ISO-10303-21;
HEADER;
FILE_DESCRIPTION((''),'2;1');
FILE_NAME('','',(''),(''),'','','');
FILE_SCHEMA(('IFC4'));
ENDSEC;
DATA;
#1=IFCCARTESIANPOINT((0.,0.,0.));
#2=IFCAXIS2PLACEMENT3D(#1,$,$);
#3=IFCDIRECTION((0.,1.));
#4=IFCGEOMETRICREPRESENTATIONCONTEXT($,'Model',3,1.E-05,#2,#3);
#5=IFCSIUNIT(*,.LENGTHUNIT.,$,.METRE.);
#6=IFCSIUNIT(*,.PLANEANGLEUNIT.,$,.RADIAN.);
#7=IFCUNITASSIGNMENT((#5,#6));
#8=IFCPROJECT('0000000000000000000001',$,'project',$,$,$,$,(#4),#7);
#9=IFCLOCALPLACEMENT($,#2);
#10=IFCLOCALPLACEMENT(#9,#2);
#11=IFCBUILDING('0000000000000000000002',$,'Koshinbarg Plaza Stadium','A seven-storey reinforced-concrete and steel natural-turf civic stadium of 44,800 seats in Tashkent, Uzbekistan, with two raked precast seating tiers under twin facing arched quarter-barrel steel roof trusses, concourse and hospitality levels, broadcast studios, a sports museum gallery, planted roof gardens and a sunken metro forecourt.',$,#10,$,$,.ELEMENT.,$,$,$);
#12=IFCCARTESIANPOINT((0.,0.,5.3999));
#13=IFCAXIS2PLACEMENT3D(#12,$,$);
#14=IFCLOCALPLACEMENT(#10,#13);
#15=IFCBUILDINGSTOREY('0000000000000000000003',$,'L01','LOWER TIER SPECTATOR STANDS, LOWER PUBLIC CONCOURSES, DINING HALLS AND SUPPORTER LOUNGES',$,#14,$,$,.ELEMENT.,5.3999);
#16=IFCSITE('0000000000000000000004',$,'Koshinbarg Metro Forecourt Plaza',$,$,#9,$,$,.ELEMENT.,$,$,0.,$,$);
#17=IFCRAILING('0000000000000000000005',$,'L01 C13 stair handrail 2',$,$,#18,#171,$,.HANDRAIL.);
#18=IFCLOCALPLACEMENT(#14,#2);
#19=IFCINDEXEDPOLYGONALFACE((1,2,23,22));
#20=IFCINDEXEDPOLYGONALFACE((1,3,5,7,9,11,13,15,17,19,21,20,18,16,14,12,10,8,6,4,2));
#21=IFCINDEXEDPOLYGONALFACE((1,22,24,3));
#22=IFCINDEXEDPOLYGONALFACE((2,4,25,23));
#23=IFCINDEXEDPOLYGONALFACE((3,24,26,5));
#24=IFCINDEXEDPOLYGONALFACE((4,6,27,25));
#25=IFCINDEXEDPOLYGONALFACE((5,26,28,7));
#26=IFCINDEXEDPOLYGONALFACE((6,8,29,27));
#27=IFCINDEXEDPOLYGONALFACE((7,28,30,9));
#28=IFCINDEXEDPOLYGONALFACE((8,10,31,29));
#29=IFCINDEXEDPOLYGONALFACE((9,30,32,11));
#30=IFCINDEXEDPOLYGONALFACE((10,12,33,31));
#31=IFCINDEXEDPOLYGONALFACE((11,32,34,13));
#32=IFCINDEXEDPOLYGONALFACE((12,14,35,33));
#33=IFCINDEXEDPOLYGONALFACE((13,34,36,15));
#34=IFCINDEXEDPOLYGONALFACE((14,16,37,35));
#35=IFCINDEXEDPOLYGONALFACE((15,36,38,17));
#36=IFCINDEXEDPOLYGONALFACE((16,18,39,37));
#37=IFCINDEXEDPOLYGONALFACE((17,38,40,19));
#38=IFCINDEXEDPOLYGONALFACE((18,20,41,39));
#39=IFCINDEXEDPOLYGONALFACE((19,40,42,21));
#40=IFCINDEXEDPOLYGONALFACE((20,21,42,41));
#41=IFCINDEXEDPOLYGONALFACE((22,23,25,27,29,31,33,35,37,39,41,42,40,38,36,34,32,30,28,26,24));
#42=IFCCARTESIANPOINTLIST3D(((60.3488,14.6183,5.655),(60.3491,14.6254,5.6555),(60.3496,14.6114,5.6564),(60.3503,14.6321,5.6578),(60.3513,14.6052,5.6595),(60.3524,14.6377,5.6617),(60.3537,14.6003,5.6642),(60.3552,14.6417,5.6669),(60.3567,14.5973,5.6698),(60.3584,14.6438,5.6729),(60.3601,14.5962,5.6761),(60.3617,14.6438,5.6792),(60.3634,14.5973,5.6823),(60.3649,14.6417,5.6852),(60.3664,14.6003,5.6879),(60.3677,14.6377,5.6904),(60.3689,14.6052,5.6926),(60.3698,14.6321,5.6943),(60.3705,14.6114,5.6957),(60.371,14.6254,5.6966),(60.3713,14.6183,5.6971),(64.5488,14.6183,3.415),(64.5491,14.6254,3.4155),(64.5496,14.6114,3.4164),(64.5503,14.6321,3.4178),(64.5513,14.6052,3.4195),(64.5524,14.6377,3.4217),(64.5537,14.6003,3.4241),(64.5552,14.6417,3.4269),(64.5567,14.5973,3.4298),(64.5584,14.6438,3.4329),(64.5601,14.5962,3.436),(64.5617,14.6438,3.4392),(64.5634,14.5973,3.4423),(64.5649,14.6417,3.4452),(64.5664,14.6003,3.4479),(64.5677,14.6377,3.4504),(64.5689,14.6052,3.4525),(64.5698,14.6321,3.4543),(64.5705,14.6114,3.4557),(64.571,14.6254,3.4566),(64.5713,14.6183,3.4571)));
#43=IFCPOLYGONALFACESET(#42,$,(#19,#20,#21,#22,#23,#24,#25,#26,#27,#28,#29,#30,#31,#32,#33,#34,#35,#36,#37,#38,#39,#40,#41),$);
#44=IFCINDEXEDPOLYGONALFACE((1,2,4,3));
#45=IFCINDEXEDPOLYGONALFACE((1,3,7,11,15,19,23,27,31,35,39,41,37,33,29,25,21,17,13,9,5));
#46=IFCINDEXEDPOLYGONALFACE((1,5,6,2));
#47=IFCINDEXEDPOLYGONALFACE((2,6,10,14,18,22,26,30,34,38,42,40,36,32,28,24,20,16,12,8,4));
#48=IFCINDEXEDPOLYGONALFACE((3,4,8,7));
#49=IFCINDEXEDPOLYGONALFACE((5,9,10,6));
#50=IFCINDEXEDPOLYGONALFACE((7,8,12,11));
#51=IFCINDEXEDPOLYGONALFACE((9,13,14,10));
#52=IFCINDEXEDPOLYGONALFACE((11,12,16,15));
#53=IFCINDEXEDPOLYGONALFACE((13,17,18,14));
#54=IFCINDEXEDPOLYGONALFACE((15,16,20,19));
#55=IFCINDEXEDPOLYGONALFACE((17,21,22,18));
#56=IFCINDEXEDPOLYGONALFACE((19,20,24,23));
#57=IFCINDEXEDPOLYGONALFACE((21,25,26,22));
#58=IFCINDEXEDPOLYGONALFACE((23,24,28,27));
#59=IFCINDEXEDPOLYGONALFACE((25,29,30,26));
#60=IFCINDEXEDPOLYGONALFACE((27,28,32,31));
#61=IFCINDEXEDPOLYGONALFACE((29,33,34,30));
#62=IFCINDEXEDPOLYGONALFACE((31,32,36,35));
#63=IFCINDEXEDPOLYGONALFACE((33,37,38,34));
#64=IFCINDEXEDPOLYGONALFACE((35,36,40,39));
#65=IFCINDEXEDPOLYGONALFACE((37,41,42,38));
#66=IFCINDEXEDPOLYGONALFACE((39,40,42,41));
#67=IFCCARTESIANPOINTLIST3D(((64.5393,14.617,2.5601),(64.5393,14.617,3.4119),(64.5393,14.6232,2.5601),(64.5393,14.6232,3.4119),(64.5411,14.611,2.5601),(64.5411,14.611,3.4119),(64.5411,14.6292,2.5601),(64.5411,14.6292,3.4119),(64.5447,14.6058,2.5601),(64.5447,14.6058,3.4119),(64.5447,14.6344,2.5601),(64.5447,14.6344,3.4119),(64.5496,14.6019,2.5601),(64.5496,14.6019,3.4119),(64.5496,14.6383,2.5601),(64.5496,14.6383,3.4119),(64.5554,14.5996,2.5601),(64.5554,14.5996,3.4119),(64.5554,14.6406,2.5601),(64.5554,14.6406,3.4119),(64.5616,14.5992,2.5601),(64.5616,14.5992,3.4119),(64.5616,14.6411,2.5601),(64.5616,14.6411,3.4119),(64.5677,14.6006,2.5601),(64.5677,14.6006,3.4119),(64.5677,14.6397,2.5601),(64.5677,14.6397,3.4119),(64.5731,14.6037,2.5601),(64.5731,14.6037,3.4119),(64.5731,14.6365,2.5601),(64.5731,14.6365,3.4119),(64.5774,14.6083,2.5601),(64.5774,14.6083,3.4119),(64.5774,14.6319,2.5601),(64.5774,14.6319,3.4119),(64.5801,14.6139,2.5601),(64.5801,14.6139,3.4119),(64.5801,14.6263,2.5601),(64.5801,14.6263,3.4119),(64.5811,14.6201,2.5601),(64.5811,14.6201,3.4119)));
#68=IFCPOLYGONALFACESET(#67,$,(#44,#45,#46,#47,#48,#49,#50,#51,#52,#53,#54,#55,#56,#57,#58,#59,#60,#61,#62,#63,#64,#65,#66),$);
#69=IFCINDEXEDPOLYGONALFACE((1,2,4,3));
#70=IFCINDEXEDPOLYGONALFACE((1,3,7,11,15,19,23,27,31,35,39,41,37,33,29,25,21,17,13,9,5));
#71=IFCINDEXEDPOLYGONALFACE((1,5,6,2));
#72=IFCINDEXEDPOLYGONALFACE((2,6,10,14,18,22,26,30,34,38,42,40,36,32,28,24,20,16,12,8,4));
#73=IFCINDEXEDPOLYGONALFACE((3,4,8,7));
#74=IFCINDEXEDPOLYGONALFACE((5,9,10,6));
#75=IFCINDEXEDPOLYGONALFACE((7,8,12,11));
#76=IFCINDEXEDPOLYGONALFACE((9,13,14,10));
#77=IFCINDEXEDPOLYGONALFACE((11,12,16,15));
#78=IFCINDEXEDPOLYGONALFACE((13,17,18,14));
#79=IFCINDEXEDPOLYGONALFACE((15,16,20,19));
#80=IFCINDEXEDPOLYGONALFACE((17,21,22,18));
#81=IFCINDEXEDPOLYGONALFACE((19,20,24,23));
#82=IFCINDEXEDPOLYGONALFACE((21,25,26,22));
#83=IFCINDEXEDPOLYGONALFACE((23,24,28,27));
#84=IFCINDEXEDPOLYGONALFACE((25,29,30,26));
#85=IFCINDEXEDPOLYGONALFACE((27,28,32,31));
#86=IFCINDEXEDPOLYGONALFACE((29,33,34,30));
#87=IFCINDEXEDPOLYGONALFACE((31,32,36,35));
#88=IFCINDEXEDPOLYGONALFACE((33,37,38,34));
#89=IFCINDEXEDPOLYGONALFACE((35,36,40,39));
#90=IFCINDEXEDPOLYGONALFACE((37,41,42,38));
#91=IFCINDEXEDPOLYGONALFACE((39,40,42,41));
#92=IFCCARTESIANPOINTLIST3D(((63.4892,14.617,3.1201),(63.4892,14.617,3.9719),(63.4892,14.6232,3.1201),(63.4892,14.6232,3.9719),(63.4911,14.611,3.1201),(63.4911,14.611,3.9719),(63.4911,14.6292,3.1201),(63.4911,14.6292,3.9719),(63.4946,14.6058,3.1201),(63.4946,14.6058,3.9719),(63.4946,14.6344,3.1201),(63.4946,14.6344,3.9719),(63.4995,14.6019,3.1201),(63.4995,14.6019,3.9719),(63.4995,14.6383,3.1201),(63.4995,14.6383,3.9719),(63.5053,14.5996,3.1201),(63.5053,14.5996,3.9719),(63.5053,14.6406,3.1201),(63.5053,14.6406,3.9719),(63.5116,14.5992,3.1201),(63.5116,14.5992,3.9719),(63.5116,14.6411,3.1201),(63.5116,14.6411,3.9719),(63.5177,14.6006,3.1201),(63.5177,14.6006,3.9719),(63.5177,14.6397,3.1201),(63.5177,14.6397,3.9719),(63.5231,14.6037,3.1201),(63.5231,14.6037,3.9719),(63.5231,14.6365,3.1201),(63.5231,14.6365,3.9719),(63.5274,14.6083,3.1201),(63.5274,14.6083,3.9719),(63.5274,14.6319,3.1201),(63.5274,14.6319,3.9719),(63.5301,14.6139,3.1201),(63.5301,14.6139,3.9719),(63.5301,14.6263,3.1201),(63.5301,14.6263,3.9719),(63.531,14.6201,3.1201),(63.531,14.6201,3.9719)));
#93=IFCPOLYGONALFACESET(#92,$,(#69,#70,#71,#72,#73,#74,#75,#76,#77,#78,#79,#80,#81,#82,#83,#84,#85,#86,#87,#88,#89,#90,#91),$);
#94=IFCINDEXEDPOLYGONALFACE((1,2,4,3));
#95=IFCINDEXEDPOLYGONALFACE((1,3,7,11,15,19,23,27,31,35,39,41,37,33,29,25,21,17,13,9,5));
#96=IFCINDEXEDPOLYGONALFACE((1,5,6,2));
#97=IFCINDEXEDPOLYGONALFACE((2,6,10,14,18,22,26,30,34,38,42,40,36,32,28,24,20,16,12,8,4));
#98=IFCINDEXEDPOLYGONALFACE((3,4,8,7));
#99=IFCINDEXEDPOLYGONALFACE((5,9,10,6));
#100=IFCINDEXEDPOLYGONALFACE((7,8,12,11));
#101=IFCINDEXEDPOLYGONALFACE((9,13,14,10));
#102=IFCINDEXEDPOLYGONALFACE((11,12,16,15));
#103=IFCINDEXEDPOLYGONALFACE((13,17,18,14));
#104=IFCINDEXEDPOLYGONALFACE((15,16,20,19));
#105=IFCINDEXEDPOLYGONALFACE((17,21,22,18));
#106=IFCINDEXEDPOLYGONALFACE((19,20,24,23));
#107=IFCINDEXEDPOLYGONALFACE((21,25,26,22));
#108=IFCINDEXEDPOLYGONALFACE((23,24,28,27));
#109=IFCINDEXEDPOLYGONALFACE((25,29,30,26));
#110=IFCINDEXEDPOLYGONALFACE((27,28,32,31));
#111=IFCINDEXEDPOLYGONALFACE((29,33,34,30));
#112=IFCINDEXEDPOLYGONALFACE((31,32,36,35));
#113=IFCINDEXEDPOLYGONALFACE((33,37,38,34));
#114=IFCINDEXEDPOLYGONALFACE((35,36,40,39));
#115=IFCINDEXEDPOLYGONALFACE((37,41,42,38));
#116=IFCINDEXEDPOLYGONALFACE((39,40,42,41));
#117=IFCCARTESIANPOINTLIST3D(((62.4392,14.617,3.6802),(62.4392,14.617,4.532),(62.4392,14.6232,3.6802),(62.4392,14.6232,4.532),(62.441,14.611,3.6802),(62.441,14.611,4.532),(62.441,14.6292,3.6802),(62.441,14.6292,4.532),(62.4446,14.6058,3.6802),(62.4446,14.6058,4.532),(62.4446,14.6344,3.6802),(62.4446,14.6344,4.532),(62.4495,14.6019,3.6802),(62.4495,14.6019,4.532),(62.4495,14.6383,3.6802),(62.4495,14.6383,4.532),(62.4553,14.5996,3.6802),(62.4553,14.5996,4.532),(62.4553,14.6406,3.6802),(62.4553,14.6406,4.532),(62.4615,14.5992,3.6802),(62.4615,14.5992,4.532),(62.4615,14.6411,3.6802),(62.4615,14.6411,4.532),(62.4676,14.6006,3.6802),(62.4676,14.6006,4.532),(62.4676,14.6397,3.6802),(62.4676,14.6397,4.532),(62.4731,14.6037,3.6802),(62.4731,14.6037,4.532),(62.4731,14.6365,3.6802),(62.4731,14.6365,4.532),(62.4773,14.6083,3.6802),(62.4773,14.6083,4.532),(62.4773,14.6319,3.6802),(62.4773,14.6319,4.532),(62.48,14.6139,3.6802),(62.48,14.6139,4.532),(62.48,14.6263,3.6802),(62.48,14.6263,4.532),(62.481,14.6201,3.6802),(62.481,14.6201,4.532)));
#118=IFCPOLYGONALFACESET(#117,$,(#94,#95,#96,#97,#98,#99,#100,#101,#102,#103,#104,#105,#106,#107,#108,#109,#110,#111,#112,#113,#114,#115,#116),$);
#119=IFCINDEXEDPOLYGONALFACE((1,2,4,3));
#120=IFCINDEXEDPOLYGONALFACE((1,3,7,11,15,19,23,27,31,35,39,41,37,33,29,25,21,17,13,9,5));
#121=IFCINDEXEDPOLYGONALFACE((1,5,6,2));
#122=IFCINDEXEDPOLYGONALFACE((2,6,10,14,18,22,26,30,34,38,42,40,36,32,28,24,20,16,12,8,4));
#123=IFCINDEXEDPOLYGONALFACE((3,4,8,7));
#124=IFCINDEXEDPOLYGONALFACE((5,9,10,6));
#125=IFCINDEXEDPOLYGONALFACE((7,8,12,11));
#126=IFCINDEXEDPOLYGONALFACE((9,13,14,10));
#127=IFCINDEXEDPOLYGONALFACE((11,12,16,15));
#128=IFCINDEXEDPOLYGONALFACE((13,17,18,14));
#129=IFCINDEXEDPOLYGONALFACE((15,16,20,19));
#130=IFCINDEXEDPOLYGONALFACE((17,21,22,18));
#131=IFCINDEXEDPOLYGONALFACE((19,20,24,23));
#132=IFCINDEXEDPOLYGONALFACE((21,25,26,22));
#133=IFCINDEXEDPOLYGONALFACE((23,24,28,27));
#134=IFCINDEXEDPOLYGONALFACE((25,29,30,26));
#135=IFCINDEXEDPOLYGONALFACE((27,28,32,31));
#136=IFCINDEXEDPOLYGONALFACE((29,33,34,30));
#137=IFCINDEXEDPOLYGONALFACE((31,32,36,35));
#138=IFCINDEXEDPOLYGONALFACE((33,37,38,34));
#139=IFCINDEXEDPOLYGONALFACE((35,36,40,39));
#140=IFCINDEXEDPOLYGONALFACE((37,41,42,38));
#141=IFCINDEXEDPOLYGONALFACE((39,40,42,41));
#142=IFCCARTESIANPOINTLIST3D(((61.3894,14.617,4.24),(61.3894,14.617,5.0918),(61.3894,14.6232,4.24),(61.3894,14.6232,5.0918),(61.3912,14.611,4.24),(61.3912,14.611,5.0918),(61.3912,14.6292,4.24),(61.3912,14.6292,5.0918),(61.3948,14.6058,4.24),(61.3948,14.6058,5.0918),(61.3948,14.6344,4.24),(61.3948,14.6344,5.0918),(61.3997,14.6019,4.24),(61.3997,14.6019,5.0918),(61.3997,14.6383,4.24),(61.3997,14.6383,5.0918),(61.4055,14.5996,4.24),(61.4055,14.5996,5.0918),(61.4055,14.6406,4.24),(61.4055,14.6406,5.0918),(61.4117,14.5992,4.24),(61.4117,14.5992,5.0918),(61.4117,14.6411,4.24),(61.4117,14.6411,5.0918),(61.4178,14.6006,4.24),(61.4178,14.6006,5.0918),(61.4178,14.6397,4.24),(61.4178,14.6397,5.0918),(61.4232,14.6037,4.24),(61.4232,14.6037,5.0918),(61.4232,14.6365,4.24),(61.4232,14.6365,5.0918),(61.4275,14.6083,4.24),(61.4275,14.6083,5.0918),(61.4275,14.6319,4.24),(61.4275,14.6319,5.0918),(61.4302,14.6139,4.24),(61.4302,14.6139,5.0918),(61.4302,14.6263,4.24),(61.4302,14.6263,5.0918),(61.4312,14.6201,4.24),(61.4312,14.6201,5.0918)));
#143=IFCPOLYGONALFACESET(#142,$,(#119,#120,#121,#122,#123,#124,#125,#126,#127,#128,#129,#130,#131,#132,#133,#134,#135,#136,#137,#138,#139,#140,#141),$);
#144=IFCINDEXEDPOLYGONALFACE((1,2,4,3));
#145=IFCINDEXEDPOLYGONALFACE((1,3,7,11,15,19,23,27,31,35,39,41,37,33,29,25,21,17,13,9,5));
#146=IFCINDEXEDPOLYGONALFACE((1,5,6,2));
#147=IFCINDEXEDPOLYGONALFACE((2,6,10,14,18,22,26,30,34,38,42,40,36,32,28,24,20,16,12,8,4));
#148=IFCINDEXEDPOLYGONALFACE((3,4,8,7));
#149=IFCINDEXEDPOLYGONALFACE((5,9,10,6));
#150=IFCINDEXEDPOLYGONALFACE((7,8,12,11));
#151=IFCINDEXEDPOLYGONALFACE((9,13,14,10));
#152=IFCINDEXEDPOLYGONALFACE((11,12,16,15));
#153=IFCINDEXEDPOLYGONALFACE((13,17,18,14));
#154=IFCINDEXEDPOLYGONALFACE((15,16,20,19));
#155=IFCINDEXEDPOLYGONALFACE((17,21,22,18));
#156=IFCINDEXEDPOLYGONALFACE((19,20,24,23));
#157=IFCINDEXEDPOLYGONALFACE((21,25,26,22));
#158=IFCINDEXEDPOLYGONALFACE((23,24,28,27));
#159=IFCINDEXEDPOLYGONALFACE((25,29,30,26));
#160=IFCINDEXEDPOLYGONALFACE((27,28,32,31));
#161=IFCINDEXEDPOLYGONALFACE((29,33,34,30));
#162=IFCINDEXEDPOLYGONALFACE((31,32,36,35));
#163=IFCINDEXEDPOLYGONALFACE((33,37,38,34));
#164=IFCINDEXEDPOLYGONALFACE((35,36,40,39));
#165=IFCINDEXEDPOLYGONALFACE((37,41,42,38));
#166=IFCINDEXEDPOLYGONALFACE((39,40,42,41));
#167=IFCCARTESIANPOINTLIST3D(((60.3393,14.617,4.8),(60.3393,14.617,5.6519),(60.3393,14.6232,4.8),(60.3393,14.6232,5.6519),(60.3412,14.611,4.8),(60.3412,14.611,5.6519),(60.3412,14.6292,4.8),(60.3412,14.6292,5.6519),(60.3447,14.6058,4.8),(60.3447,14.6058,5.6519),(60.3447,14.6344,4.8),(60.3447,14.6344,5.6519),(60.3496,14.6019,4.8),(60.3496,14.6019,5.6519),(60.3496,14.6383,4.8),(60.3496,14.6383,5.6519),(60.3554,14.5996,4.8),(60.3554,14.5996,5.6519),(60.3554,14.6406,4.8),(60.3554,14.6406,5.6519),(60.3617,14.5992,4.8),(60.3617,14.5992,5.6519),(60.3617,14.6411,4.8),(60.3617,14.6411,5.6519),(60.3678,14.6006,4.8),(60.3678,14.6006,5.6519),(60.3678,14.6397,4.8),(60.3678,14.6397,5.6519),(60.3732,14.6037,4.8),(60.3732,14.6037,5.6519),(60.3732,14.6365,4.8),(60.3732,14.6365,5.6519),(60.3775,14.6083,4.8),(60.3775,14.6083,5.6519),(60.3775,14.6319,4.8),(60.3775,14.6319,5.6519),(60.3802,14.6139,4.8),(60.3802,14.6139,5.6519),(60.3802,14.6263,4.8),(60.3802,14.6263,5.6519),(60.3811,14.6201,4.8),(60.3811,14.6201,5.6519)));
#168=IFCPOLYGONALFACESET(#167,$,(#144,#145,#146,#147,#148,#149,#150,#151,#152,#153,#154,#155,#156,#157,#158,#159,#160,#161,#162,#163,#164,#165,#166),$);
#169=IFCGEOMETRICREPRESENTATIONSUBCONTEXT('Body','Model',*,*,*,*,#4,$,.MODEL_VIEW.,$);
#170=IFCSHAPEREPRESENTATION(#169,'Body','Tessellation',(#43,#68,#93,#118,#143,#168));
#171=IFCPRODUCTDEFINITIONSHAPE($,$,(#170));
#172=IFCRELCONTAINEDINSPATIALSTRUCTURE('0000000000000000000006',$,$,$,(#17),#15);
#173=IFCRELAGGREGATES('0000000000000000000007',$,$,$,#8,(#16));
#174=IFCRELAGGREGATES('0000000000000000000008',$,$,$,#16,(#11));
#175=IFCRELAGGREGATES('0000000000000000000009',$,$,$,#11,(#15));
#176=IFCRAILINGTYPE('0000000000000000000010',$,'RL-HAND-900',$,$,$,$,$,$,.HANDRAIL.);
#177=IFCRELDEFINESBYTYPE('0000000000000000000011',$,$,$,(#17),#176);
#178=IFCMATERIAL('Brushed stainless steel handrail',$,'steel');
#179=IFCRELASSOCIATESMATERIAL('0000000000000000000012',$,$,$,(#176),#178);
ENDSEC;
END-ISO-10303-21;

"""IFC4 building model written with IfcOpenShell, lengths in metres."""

from ifc_helpers import new_model, si_unit, direction, frame, origin, origin_2d, place, context, subcontext, project, spatial, circle, extrude, material, type_object, element, save


model = new_model("IFC4")

# Units and contexts
model_context = context("Model", 3, precision=1e-05, world=origin(), true_north=direction((0.0, 1.0)))
body_context = subcontext(model_context, "Body", "Model", "MODEL_VIEW")
ifc_project = project(units=[si_unit("LENGTHUNIT", "METRE"), si_unit("PLANEANGLEUNIT", "RADIAN")], contexts=[model_context])

# Site, building, storey
site_placement = place(None, origin())
site = spatial("IfcSite", under=ifc_project, at=site_placement, Name="Koshinbarg Metro Forecourt Plaza", CompositionType="ELEMENT", RefElevation=0.0)
building_placement = place(site_placement, origin())
building = spatial("IfcBuilding", under=site, at=building_placement, Name="Koshinbarg Plaza Stadium", Description="A seven-storey reinforced-concrete and steel natural-turf civic stadium of 44,800 seats in Tashkent, Uzbekistan, with two raked precast seating tiers under twin facing arched quarter-barrel steel roof trusses, concourse and hospitality levels, broadcast studios, a sports museum gallery, planted roof gardens and a sunken metro forecourt.", CompositionType="ELEMENT")
storey_placement = place(building_placement, frame((0.0, 0.0, 5.3999)))
storey = spatial("IfcBuildingStorey", under=building, at=storey_placement, Name="L01", Description="LOWER TIER SPECTATOR STANDS, LOWER PUBLIC CONCOURSES, DINING HALLS AND SUPPORTER LOUNGES", CompositionType="ELEMENT", Elevation=5.3999)

# Railing
ifc_material_1 = material(Name="Brushed stainless steel handrail", Category="steel")
railing_type_1 = type_object("IfcRailingType", Name="RL-HAND-900", PredefinedType="HANDRAIL", material=ifc_material_1)
railing_1_placement = place(storey_placement, frame((64.5601, 14.6201, 2.5601)))
element("IfcRailing", 1, at=railing_1_placement, inside=storey, type_object=railing_type_1, Name="L01 C13 stair handrail 2", PredefinedType="HANDRAIL", context=body_context, shape_type="SweptSolid", body=[
    extrude(circle(Radius=0.0239, at=origin_2d()), frame((0.0, 0.0, 0.876), z_axis=(-0.882352, 0.0, 0.470591), x_axis=(0.0, -1.0, 0.0)), (0.0, 0.0, 1.0), 4.76),
    extrude(circle(Radius=0.021, at=origin_2d()), origin(), (0.0, 0.0, 1.0), 0.8518),
    extrude(circle(Radius=0.021, at=origin_2d()), frame((-1.05, 0.0, 0.5601)), (0.0, 0.0, 1.0), 0.8518),
    extrude(circle(Radius=0.021, at=origin_2d()), frame((-2.1001, 0.0, 1.1201)), (0.0, 0.0, 1.0), 0.8518),
    extrude(circle(Radius=0.021, at=origin_2d()), frame((-3.1499, 0.0, 1.6799)), (0.0, 0.0, 1.0), 0.8518),
    extrude(circle(Radius=0.021, at=origin_2d()), frame((-4.2, 0.0, 2.24)), (0.0, 0.0, 1.0), 0.8518),
])

save(model, "model.ifc")
